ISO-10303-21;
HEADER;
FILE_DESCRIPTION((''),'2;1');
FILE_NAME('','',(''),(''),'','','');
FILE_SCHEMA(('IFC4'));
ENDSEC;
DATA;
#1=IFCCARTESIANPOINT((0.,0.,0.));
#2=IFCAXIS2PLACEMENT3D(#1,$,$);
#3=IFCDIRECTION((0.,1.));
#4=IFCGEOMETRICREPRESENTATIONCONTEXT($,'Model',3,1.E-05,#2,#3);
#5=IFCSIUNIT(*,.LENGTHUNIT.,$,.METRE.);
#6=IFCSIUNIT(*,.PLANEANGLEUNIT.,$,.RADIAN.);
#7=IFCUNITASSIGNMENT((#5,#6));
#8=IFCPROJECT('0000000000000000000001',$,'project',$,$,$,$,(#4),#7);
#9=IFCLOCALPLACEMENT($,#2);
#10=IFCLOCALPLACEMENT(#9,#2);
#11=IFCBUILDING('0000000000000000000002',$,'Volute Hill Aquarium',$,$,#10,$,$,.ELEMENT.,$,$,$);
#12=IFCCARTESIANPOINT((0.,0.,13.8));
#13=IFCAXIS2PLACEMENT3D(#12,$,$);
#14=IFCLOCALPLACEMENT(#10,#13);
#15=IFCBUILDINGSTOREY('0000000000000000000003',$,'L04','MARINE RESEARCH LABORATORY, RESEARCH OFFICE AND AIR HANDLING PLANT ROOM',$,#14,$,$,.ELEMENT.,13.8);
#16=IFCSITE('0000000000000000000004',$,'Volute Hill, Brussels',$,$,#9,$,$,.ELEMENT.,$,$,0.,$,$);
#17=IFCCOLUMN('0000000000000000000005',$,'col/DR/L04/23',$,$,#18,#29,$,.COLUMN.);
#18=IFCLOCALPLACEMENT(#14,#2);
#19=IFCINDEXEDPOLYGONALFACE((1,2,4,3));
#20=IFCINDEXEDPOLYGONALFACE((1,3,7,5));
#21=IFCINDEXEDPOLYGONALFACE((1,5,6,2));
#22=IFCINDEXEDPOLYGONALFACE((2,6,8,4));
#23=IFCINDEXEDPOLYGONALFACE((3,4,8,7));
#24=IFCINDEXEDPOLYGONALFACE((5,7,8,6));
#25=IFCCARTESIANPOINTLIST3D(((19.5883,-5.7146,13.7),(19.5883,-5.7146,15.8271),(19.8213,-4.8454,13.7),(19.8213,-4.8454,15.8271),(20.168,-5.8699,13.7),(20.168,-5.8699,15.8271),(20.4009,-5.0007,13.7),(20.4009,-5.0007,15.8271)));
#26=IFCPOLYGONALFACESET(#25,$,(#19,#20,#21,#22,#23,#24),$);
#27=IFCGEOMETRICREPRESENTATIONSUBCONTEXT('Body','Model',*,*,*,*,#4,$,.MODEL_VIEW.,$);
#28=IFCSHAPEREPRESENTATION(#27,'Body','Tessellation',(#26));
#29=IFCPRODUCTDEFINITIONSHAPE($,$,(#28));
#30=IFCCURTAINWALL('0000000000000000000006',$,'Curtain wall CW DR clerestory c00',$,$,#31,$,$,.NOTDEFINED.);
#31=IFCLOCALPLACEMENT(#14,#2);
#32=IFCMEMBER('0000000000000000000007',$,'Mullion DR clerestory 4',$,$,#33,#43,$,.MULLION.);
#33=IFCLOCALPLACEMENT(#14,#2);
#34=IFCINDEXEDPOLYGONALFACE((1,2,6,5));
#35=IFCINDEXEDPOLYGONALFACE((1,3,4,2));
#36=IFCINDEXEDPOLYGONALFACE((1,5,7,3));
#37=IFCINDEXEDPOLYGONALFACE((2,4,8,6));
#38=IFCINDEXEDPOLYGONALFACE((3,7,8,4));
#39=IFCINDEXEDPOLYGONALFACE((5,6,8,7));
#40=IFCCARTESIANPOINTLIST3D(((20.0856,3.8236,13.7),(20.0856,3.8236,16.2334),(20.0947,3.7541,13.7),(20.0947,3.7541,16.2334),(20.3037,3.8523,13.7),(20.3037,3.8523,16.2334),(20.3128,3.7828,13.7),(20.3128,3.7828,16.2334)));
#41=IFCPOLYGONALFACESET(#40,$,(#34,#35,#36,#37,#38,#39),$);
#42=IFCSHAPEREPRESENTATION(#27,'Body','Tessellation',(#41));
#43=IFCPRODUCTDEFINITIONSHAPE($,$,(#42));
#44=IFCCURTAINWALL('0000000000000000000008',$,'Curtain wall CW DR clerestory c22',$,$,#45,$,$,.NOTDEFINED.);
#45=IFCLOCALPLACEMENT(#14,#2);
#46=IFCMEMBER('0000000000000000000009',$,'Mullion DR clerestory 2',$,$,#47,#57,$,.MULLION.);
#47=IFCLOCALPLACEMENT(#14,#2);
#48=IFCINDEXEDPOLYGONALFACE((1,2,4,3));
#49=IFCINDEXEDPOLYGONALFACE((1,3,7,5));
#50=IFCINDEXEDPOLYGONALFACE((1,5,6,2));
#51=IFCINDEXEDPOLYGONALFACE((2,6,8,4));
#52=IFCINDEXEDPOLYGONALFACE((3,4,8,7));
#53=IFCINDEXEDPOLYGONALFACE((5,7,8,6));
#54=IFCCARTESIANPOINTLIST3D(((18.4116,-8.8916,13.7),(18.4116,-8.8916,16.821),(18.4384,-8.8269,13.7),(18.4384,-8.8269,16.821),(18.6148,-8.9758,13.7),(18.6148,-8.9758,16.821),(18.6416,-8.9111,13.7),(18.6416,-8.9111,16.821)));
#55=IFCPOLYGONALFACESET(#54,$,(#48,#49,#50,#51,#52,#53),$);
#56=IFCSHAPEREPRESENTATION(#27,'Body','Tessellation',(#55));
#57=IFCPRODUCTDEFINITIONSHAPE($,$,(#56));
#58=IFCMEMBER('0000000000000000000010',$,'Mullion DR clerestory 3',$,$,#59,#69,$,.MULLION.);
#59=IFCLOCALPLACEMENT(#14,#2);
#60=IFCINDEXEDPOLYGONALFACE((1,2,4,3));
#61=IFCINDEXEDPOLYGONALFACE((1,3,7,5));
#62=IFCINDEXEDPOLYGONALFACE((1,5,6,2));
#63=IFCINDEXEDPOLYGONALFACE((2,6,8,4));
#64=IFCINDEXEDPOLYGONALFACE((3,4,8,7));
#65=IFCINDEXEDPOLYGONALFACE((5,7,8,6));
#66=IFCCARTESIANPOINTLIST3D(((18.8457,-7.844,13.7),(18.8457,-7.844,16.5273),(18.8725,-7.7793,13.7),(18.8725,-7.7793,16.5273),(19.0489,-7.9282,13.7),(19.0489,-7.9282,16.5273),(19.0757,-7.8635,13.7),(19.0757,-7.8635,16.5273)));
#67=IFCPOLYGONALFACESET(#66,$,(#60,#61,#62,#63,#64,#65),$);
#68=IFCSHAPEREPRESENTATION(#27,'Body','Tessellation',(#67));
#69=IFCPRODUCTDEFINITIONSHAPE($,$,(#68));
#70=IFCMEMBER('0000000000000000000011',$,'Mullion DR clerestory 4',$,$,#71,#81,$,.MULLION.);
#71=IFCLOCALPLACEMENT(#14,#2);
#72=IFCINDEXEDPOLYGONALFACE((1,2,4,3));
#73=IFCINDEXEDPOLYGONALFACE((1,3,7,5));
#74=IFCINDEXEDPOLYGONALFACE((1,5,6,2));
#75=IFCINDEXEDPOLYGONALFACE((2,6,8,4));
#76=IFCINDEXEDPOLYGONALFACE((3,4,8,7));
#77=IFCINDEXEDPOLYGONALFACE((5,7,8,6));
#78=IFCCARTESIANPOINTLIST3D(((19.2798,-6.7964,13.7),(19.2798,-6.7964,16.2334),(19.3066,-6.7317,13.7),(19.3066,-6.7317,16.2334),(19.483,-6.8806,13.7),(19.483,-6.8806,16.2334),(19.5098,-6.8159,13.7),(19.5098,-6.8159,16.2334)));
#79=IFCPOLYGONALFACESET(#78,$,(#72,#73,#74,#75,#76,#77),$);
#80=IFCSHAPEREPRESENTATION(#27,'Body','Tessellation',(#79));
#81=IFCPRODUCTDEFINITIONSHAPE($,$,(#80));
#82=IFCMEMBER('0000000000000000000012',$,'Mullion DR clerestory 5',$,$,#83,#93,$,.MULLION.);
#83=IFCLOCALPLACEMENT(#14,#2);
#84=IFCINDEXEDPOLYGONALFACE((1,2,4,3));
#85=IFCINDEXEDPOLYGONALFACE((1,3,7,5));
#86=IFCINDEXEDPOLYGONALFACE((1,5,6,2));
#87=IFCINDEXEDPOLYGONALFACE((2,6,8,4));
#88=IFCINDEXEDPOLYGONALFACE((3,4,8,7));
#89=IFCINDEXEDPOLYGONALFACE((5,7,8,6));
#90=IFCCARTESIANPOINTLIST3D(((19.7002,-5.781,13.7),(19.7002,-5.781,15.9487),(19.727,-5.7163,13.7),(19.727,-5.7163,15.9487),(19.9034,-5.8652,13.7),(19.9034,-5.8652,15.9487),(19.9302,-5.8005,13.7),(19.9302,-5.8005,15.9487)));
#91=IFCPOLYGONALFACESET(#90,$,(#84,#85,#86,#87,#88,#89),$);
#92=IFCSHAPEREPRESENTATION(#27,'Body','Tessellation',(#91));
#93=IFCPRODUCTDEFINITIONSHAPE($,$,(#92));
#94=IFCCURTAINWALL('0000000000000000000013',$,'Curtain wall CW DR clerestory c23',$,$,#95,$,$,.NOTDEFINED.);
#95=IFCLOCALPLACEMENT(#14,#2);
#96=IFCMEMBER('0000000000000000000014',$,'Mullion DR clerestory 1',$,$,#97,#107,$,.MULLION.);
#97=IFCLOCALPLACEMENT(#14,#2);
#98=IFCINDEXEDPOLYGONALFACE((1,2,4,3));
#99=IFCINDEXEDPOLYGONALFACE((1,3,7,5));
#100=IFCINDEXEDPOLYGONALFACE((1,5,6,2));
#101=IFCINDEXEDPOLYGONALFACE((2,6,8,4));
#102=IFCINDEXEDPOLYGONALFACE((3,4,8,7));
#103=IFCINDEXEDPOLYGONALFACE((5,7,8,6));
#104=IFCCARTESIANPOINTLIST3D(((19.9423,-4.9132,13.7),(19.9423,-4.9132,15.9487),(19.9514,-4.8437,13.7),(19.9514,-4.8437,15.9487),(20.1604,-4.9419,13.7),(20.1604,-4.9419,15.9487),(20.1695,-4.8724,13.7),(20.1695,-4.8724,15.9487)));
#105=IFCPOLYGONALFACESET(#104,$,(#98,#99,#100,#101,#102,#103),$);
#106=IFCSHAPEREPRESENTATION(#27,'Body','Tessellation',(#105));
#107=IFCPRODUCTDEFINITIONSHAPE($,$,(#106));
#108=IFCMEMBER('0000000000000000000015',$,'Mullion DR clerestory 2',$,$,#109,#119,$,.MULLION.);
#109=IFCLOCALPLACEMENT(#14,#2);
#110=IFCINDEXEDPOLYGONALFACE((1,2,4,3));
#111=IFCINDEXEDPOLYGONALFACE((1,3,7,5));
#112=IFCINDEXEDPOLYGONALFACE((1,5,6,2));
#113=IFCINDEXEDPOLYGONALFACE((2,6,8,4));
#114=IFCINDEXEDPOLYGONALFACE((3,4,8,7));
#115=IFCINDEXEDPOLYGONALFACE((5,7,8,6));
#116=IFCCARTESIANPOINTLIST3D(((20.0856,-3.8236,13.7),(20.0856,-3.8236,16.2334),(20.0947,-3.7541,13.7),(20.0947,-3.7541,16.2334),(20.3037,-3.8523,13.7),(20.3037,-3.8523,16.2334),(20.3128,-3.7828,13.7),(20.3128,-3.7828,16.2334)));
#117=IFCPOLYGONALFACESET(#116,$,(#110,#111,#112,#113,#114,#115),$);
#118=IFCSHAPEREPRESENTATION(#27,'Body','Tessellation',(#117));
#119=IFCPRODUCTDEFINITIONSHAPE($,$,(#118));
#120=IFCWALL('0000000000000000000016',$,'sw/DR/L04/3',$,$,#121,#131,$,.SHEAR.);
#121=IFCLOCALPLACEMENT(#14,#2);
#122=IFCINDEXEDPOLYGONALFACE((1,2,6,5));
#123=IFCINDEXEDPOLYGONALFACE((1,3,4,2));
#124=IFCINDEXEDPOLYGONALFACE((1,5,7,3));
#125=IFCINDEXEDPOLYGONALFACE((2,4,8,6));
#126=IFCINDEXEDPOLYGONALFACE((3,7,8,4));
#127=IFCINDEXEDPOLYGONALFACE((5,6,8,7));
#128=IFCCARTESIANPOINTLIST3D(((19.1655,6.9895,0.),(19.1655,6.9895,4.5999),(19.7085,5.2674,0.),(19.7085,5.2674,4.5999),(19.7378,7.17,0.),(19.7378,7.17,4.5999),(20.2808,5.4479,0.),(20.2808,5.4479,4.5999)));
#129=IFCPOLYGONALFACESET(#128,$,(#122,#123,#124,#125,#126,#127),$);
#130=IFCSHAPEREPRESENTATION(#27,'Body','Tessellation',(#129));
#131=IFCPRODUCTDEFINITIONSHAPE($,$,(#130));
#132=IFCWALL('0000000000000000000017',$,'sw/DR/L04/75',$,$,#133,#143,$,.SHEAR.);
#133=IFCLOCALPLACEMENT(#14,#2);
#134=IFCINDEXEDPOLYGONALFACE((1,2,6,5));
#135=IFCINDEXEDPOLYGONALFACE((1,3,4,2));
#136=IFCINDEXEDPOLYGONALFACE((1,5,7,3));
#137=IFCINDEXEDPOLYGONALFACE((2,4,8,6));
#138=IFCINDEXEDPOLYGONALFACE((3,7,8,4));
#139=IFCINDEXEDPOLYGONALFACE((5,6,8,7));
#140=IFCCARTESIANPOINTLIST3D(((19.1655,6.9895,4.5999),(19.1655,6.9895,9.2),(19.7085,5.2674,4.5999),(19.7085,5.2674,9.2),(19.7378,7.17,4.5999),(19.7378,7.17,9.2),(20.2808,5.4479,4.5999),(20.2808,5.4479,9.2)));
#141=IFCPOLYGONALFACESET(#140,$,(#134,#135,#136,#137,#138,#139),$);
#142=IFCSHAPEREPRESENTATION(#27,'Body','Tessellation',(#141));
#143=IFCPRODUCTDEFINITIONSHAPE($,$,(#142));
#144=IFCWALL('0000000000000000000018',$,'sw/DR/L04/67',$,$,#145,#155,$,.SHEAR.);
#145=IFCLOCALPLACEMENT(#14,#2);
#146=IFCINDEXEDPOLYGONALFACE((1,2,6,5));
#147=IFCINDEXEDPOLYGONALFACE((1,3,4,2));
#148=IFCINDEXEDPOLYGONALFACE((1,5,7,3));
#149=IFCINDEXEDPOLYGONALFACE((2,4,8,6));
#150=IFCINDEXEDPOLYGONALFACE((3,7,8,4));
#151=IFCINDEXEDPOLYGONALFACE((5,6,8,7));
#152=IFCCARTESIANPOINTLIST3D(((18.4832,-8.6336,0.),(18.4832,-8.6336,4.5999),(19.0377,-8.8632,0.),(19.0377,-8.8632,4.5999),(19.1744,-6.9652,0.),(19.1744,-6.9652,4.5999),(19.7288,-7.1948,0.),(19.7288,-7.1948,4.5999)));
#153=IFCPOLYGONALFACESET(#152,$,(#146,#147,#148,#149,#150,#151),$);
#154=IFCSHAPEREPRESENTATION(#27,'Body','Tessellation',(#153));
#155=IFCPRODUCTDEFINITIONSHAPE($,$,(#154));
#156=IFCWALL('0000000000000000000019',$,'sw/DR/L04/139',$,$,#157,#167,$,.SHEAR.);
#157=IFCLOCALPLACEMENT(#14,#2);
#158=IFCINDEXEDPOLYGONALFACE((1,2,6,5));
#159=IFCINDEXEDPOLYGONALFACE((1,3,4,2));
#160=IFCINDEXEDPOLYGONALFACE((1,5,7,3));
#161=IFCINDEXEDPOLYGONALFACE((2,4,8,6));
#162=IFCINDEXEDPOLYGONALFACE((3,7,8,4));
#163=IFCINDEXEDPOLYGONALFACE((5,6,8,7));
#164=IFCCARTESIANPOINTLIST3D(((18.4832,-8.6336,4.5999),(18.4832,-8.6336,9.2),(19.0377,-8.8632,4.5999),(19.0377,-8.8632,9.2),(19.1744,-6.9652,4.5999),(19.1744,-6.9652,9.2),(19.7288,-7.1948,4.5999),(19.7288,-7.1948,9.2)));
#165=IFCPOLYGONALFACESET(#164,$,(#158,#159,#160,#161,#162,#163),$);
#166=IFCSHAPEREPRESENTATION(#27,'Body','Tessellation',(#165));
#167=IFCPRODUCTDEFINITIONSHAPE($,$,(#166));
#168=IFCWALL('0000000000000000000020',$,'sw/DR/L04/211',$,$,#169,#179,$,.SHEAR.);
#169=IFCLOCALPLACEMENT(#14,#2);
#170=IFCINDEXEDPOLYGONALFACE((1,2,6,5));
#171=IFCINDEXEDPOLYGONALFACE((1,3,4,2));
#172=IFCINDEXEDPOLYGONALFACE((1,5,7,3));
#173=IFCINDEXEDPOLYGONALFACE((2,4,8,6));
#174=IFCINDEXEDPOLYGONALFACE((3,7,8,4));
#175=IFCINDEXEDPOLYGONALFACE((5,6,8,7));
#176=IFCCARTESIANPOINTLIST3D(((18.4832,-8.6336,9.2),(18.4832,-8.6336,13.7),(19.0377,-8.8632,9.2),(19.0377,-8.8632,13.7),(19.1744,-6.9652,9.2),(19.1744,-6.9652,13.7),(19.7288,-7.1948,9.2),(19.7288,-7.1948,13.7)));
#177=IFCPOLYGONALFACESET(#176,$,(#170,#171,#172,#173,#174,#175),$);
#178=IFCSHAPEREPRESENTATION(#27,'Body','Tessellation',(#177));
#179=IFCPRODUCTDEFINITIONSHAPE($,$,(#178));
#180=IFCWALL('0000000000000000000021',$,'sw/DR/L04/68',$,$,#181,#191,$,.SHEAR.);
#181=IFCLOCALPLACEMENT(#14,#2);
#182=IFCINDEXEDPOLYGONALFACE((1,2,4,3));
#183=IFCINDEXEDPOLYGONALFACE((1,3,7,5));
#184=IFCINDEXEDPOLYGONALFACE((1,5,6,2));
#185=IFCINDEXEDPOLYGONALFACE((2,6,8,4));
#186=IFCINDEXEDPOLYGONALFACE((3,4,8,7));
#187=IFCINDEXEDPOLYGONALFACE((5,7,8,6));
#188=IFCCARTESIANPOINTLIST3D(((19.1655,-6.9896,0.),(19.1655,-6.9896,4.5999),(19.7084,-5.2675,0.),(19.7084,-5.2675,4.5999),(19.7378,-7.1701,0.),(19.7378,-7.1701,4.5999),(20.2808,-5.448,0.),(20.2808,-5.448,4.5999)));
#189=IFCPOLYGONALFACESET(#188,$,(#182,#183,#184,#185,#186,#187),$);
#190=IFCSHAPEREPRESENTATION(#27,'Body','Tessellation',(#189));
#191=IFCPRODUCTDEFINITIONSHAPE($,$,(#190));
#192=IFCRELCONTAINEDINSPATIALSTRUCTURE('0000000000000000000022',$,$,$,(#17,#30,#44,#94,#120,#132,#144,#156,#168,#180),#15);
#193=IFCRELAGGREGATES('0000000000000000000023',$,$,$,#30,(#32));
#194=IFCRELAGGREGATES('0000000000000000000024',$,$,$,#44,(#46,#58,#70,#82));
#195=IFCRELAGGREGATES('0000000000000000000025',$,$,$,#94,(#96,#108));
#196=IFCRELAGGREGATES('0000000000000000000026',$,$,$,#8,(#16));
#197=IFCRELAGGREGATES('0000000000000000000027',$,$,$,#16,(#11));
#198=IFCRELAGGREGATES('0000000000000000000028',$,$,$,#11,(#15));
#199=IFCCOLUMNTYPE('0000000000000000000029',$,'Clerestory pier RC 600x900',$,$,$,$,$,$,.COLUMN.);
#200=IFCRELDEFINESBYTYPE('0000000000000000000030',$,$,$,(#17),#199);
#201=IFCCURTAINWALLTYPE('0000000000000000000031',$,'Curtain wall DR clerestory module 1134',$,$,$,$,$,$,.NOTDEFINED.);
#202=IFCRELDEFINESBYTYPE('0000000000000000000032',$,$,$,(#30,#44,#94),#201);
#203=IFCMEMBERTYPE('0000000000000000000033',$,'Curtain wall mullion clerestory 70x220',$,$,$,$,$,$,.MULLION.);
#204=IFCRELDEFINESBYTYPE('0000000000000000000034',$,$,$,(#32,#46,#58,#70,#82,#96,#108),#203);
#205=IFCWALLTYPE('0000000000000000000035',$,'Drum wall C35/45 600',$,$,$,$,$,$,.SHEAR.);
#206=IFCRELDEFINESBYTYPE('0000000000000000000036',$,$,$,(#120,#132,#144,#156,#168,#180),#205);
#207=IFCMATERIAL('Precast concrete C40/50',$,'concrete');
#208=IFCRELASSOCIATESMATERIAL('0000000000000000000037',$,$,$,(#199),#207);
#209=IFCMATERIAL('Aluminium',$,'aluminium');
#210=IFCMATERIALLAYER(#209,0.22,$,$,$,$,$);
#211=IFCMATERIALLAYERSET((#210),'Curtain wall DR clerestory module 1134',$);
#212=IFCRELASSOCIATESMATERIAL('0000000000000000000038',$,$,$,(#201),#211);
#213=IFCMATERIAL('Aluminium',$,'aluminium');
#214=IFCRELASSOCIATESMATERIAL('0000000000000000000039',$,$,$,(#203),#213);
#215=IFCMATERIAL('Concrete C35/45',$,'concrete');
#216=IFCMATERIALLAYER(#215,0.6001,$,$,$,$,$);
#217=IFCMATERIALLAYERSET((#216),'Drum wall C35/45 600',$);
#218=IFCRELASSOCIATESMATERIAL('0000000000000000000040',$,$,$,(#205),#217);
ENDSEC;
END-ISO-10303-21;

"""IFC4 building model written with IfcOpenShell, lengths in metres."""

from ifc_helpers import new_model, si_unit, direction, frame, frame_2d, origin, origin_2d, place, context, subcontext, project, spatial, rectangle, extrude, material, layer, layer_set, material_profile, profile_set, type_object, element, aggregate, save


model = new_model("IFC4")

# Units and contexts
model_context = context("Model", 3, precision=1e-05, world=origin(), true_north=direction((0.0, 1.0)))
body_context = subcontext(model_context, "Body", "Model", "MODEL_VIEW")
ifc_project = project(units=[si_unit("LENGTHUNIT", "METRE"), si_unit("PLANEANGLEUNIT", "RADIAN")], contexts=[model_context])

# Site, building, storey
site_placement = place(None, origin())
site = spatial("IfcSite", under=ifc_project, at=site_placement, Name="Volute Hill, Brussels", CompositionType="ELEMENT", RefElevation=0.0)
building_placement = place(site_placement, origin())
building = spatial("IfcBuilding", under=site, at=building_placement, Name="Volute Hill Aquarium", CompositionType="ELEMENT")
storey_placement = place(building_placement, frame((0.0, 0.0, 13.8)))
storey = spatial("IfcBuildingStorey", under=building, at=storey_placement, Name="L04", Description="MARINE RESEARCH LABORATORY, RESEARCH OFFICE AND AIR HANDLING PLANT ROOM", CompositionType="ELEMENT", Elevation=13.8)

# Column
ifc_material_1 = material(Name="Precast concrete C40/50", Category="concrete")
ifc_material_profile_1 = material_profile(ifc_material_1, rectangle(XDim=0.6001, YDim=0.8999, at=origin_2d()), Name="RC pier 600x900")
ifc_profile_set_1 = profile_set([ifc_material_profile_1], Name="Precast concrete C40/50")
column_type = type_object("IfcColumnType", Name="Clerestory pier RC 600x900", PredefinedType="COLUMN", material=ifc_profile_set_1)
column_placement = place(storey_placement, frame((19.9946, -5.3577, 13.7), z_axis=(0.0, 0.0, 1.0), x_axis=(0.965926, -0.258819, 0.0)))
element("IfcColumn", 1, at=column_placement, inside=storey, type_object=column_type, Name="col/DR/L04/23", PredefinedType="COLUMN", context=body_context, shape_type="SweptSolid", body=[
    extrude(rectangle(XDim=0.6001, YDim=0.8999, at=origin_2d()), origin(), (0.0, 0.0, 1.0), 2.1272),
])

# Curtain wall, member
ifc_material_2 = material(Name="Aluminium", Category="aluminium")
ifc_layer_1 = layer(ifc_material_2, 0.22)
ifc_layer_set_1 = layer_set([ifc_layer_1], Name="Curtain wall DR clerestory module 1134")
curtain_wall_type = type_object("IfcCurtainWallType", Name="Curtain wall DR clerestory module 1134", PredefinedType="NOTDEFINED", material=ifc_layer_set_1)
curtain_wall_1_placement = place(storey_placement, origin())
curtain_wall_1 = element("IfcCurtainWall", 2, at=curtain_wall_1_placement, inside=storey, type_object=curtain_wall_type, Name="Curtain wall CW DR clerestory c00", PredefinedType="NOTDEFINED")
ifc_material_3 = material(Name="Aluminium", Category="aluminium")
ifc_material_profile_2 = material_profile(ifc_material_3, rectangle(XDim=0.22, YDim=0.0701, at=origin_2d()), Name="Curtain wall mullion clerestory 70x220")
ifc_profile_set_2 = profile_set([ifc_material_profile_2], Name="Aluminium")
member_type = type_object("IfcMemberType", Name="Curtain wall mullion clerestory 70x220", PredefinedType="MULLION", material=ifc_profile_set_2)
member_1_placement = place(storey_placement, frame((20.1992, 3.8032, 13.7), z_axis=(0.0, 0.0, 1.0), x_axis=(-0.991446, -0.130519, 0.0)))
member_1 = element("IfcMember", 3, at=member_1_placement, type_object=member_type, Name="Mullion DR clerestory 4", PredefinedType="MULLION", context=body_context, shape_type="SweptSolid", body=[
    extrude(rectangle(XDim=0.22, YDim=0.0701, at=origin_2d()), origin(), (0.0, 0.0, 1.0), 2.5334),
])
aggregate(curtain_wall_1, [member_1])

# Curtain walls, members
curtain_wall_2_placement = place(storey_placement, origin())
curtain_wall_2 = element("IfcCurtainWall", 4, at=curtain_wall_2_placement, inside=storey, type_object=curtain_wall_type, Name="Curtain wall CW DR clerestory c22", PredefinedType="NOTDEFINED")
member_2_placement = place(storey_placement, frame((18.5266, -8.9014, 13.7), z_axis=(0.0, 0.0, 1.0), x_axis=(-0.923874, 0.382696, 0.0)))
member_2 = element("IfcMember", 5, at=member_2_placement, type_object=member_type, Name="Mullion DR clerestory 2", PredefinedType="MULLION", context=body_context, shape_type="SweptSolid", body=[
    extrude(rectangle(XDim=0.22, YDim=0.0701, at=origin_2d()), origin(), (0.0, 0.0, 1.0), 3.1211),
])
member_3_placement = place(storey_placement, frame((18.9607, -7.8538, 13.7), z_axis=(0.0, 0.0, 1.0), x_axis=(-0.923874, 0.382696, 0.0)))
member_3 = element("IfcMember", 6, at=member_3_placement, type_object=member_type, Name="Mullion DR clerestory 3", PredefinedType="MULLION", context=body_context, shape_type="SweptSolid", body=[
    extrude(rectangle(XDim=0.22, YDim=0.0701, at=origin_2d()), origin(), (0.0, 0.0, 1.0), 2.8274),
])
member_4_placement = place(storey_placement, frame((19.3948, -6.8062, 13.7), z_axis=(0.0, 0.0, 1.0), x_axis=(-0.923874, 0.382696, 0.0)))
member_4 = element("IfcMember", 7, at=member_4_placement, type_object=member_type, Name="Mullion DR clerestory 4", PredefinedType="MULLION", context=body_context, shape_type="SweptSolid", body=[
    extrude(rectangle(XDim=0.22, YDim=0.0701, at=origin_2d()), origin(), (0.0, 0.0, 1.0), 2.5334),
])
member_5_placement = place(storey_placement, frame((19.8152, -5.7908, 13.7), z_axis=(0.0, 0.0, 1.0), x_axis=(-0.923874, 0.382696, 0.0)))
member_5 = element("IfcMember", 8, at=member_5_placement, type_object=member_type, Name="Mullion DR clerestory 5", PredefinedType="MULLION", context=body_context, shape_type="SweptSolid", body=[
    extrude(rectangle(XDim=0.22, YDim=0.0701, at=origin_2d()), origin(), (0.0, 0.0, 1.0), 2.2488),
])
aggregate(curtain_wall_2, [member_2, member_3, member_4, member_5])
curtain_wall_3_placement = place(storey_placement, origin())
curtain_wall_3 = element("IfcCurtainWall", 9, at=curtain_wall_3_placement, inside=storey, type_object=curtain_wall_type, Name="Curtain wall CW DR clerestory c23", PredefinedType="NOTDEFINED")
member_6_placement = place(storey_placement, frame((20.0559, -4.8928, 13.7), z_axis=(0.0, 0.0, 1.0), x_axis=(-0.991446, 0.130519, 0.0)))
member_6 = element("IfcMember", 10, at=member_6_placement, type_object=member_type, Name="Mullion DR clerestory 1", PredefinedType="MULLION", context=body_context, shape_type="SweptSolid", body=[
    extrude(rectangle(XDim=0.22, YDim=0.0701, at=origin_2d()), origin(), (0.0, 0.0, 1.0), 2.2488),
])
member_7_placement = place(storey_placement, frame((20.1992, -3.8032, 13.7), z_axis=(0.0, 0.0, 1.0), x_axis=(-0.991446, 0.130519, 0.0)))
member_7 = element("IfcMember", 11, at=member_7_placement, type_object=member_type, Name="Mullion DR clerestory 2", PredefinedType="MULLION", context=body_context, shape_type="SweptSolid", body=[
    extrude(rectangle(XDim=0.22, YDim=0.0701, at=origin_2d()), origin(), (0.0, 0.0, 1.0), 2.5334),
])
aggregate(curtain_wall_3, [member_6, member_7])

# Walls
ifc_material_4 = material(Name="Concrete C35/45", Category="concrete")
ifc_layer_2 = layer(ifc_material_4, 0.6001)
ifc_layer_set_2 = layer_set([ifc_layer_2], Name="Drum wall C35/45 600")
wall_type = type_object("IfcWallType", Name="Drum wall C35/45 600", PredefinedType="SHEAR", material=ifc_layer_set_2)
wall_1_placement = place(storey_placement, frame((19.9946, 5.3577, 0.0), z_axis=(0.0, 0.0, 1.0), x_axis=(-0.300691, 0.953722, 0.0)))
element("IfcWall", 12, at=wall_1_placement, inside=storey, type_object=wall_type, Name="sw/DR/L04/3", PredefinedType="SHEAR", context=body_context, shape_type="SweptSolid", body=[
    extrude(rectangle(XDim=1.8057, YDim=0.6001, at=frame_2d((0.9028, 0.0))), origin(), (0.0, 0.0, 1.0), 4.5999),
])
wall_2_placement = place(storey_placement, frame((19.9946, 5.3577, 4.5999), z_axis=(0.0, 0.0, 1.0), x_axis=(-0.300691, 0.953722, 0.0)))
element("IfcWall", 13, at=wall_2_placement, inside=storey, type_object=wall_type, Name="sw/DR/L04/75", PredefinedType="SHEAR", context=body_context, shape_type="SweptSolid", body=[
    extrude(rectangle(XDim=1.8057, YDim=0.6001, at=frame_2d((0.9028, 0.0))), origin(), (0.0, 0.0, 1.0), 4.6001),
])
wall_3_placement = place(storey_placement, frame((18.7605, -8.7483, 0.0), z_axis=(0.0, 0.0, 1.0), x_axis=(0.382714, 0.923867, 0.0)))
element("IfcWall", 14, at=wall_3_placement, inside=storey, type_object=wall_type, Name="sw/DR/L04/67", PredefinedType="SHEAR", context=body_context, shape_type="SweptSolid", body=[
    extrude(rectangle(XDim=1.8059, YDim=0.6001, at=frame_2d((0.9028, 0.0))), origin(), (0.0, 0.0, 1.0), 4.5999),
])
wall_4_placement = place(storey_placement, frame((18.7605, -8.7483, 4.5999), z_axis=(0.0, 0.0, 1.0), x_axis=(0.382714, 0.923867, 0.0)))
element("IfcWall", 15, at=wall_4_placement, inside=storey, type_object=wall_type, Name="sw/DR/L04/139", PredefinedType="SHEAR", context=body_context, shape_type="SweptSolid", body=[
    extrude(rectangle(XDim=1.8059, YDim=0.6001, at=frame_2d((0.9028, 0.0))), origin(), (0.0, 0.0, 1.0), 4.6001),
])
wall_5_placement = place(storey_placement, frame((18.7605, -8.7483, 9.2), z_axis=(0.0, 0.0, 1.0), x_axis=(0.382714, 0.923867, 0.0)))
element("IfcWall", 16, at=wall_5_placement, inside=storey, type_object=wall_type, Name="sw/DR/L04/211", PredefinedType="SHEAR", context=body_context, shape_type="SweptSolid", body=[
    extrude(rectangle(XDim=1.8059, YDim=0.6001, at=frame_2d((0.9028, 0.0))), origin(), (0.0, 0.0, 1.0), 4.5),
])
wall_6_placement = place(storey_placement, frame((19.4517, -7.0798, 0.0), z_axis=(0.0, 0.0, 1.0), x_axis=(0.300691, 0.953722, 0.0)))
element("IfcWall", 17, at=wall_6_placement, inside=storey, type_object=wall_type, Name="sw/DR/L04/68", PredefinedType="SHEAR", context=body_context, shape_type="SweptSolid", body=[
    extrude(rectangle(XDim=1.8057, YDim=0.6001, at=frame_2d((0.9028, 0.0))), origin(), (0.0, 0.0, 1.0), 4.5999),
])

save(model, "model.ifc")
